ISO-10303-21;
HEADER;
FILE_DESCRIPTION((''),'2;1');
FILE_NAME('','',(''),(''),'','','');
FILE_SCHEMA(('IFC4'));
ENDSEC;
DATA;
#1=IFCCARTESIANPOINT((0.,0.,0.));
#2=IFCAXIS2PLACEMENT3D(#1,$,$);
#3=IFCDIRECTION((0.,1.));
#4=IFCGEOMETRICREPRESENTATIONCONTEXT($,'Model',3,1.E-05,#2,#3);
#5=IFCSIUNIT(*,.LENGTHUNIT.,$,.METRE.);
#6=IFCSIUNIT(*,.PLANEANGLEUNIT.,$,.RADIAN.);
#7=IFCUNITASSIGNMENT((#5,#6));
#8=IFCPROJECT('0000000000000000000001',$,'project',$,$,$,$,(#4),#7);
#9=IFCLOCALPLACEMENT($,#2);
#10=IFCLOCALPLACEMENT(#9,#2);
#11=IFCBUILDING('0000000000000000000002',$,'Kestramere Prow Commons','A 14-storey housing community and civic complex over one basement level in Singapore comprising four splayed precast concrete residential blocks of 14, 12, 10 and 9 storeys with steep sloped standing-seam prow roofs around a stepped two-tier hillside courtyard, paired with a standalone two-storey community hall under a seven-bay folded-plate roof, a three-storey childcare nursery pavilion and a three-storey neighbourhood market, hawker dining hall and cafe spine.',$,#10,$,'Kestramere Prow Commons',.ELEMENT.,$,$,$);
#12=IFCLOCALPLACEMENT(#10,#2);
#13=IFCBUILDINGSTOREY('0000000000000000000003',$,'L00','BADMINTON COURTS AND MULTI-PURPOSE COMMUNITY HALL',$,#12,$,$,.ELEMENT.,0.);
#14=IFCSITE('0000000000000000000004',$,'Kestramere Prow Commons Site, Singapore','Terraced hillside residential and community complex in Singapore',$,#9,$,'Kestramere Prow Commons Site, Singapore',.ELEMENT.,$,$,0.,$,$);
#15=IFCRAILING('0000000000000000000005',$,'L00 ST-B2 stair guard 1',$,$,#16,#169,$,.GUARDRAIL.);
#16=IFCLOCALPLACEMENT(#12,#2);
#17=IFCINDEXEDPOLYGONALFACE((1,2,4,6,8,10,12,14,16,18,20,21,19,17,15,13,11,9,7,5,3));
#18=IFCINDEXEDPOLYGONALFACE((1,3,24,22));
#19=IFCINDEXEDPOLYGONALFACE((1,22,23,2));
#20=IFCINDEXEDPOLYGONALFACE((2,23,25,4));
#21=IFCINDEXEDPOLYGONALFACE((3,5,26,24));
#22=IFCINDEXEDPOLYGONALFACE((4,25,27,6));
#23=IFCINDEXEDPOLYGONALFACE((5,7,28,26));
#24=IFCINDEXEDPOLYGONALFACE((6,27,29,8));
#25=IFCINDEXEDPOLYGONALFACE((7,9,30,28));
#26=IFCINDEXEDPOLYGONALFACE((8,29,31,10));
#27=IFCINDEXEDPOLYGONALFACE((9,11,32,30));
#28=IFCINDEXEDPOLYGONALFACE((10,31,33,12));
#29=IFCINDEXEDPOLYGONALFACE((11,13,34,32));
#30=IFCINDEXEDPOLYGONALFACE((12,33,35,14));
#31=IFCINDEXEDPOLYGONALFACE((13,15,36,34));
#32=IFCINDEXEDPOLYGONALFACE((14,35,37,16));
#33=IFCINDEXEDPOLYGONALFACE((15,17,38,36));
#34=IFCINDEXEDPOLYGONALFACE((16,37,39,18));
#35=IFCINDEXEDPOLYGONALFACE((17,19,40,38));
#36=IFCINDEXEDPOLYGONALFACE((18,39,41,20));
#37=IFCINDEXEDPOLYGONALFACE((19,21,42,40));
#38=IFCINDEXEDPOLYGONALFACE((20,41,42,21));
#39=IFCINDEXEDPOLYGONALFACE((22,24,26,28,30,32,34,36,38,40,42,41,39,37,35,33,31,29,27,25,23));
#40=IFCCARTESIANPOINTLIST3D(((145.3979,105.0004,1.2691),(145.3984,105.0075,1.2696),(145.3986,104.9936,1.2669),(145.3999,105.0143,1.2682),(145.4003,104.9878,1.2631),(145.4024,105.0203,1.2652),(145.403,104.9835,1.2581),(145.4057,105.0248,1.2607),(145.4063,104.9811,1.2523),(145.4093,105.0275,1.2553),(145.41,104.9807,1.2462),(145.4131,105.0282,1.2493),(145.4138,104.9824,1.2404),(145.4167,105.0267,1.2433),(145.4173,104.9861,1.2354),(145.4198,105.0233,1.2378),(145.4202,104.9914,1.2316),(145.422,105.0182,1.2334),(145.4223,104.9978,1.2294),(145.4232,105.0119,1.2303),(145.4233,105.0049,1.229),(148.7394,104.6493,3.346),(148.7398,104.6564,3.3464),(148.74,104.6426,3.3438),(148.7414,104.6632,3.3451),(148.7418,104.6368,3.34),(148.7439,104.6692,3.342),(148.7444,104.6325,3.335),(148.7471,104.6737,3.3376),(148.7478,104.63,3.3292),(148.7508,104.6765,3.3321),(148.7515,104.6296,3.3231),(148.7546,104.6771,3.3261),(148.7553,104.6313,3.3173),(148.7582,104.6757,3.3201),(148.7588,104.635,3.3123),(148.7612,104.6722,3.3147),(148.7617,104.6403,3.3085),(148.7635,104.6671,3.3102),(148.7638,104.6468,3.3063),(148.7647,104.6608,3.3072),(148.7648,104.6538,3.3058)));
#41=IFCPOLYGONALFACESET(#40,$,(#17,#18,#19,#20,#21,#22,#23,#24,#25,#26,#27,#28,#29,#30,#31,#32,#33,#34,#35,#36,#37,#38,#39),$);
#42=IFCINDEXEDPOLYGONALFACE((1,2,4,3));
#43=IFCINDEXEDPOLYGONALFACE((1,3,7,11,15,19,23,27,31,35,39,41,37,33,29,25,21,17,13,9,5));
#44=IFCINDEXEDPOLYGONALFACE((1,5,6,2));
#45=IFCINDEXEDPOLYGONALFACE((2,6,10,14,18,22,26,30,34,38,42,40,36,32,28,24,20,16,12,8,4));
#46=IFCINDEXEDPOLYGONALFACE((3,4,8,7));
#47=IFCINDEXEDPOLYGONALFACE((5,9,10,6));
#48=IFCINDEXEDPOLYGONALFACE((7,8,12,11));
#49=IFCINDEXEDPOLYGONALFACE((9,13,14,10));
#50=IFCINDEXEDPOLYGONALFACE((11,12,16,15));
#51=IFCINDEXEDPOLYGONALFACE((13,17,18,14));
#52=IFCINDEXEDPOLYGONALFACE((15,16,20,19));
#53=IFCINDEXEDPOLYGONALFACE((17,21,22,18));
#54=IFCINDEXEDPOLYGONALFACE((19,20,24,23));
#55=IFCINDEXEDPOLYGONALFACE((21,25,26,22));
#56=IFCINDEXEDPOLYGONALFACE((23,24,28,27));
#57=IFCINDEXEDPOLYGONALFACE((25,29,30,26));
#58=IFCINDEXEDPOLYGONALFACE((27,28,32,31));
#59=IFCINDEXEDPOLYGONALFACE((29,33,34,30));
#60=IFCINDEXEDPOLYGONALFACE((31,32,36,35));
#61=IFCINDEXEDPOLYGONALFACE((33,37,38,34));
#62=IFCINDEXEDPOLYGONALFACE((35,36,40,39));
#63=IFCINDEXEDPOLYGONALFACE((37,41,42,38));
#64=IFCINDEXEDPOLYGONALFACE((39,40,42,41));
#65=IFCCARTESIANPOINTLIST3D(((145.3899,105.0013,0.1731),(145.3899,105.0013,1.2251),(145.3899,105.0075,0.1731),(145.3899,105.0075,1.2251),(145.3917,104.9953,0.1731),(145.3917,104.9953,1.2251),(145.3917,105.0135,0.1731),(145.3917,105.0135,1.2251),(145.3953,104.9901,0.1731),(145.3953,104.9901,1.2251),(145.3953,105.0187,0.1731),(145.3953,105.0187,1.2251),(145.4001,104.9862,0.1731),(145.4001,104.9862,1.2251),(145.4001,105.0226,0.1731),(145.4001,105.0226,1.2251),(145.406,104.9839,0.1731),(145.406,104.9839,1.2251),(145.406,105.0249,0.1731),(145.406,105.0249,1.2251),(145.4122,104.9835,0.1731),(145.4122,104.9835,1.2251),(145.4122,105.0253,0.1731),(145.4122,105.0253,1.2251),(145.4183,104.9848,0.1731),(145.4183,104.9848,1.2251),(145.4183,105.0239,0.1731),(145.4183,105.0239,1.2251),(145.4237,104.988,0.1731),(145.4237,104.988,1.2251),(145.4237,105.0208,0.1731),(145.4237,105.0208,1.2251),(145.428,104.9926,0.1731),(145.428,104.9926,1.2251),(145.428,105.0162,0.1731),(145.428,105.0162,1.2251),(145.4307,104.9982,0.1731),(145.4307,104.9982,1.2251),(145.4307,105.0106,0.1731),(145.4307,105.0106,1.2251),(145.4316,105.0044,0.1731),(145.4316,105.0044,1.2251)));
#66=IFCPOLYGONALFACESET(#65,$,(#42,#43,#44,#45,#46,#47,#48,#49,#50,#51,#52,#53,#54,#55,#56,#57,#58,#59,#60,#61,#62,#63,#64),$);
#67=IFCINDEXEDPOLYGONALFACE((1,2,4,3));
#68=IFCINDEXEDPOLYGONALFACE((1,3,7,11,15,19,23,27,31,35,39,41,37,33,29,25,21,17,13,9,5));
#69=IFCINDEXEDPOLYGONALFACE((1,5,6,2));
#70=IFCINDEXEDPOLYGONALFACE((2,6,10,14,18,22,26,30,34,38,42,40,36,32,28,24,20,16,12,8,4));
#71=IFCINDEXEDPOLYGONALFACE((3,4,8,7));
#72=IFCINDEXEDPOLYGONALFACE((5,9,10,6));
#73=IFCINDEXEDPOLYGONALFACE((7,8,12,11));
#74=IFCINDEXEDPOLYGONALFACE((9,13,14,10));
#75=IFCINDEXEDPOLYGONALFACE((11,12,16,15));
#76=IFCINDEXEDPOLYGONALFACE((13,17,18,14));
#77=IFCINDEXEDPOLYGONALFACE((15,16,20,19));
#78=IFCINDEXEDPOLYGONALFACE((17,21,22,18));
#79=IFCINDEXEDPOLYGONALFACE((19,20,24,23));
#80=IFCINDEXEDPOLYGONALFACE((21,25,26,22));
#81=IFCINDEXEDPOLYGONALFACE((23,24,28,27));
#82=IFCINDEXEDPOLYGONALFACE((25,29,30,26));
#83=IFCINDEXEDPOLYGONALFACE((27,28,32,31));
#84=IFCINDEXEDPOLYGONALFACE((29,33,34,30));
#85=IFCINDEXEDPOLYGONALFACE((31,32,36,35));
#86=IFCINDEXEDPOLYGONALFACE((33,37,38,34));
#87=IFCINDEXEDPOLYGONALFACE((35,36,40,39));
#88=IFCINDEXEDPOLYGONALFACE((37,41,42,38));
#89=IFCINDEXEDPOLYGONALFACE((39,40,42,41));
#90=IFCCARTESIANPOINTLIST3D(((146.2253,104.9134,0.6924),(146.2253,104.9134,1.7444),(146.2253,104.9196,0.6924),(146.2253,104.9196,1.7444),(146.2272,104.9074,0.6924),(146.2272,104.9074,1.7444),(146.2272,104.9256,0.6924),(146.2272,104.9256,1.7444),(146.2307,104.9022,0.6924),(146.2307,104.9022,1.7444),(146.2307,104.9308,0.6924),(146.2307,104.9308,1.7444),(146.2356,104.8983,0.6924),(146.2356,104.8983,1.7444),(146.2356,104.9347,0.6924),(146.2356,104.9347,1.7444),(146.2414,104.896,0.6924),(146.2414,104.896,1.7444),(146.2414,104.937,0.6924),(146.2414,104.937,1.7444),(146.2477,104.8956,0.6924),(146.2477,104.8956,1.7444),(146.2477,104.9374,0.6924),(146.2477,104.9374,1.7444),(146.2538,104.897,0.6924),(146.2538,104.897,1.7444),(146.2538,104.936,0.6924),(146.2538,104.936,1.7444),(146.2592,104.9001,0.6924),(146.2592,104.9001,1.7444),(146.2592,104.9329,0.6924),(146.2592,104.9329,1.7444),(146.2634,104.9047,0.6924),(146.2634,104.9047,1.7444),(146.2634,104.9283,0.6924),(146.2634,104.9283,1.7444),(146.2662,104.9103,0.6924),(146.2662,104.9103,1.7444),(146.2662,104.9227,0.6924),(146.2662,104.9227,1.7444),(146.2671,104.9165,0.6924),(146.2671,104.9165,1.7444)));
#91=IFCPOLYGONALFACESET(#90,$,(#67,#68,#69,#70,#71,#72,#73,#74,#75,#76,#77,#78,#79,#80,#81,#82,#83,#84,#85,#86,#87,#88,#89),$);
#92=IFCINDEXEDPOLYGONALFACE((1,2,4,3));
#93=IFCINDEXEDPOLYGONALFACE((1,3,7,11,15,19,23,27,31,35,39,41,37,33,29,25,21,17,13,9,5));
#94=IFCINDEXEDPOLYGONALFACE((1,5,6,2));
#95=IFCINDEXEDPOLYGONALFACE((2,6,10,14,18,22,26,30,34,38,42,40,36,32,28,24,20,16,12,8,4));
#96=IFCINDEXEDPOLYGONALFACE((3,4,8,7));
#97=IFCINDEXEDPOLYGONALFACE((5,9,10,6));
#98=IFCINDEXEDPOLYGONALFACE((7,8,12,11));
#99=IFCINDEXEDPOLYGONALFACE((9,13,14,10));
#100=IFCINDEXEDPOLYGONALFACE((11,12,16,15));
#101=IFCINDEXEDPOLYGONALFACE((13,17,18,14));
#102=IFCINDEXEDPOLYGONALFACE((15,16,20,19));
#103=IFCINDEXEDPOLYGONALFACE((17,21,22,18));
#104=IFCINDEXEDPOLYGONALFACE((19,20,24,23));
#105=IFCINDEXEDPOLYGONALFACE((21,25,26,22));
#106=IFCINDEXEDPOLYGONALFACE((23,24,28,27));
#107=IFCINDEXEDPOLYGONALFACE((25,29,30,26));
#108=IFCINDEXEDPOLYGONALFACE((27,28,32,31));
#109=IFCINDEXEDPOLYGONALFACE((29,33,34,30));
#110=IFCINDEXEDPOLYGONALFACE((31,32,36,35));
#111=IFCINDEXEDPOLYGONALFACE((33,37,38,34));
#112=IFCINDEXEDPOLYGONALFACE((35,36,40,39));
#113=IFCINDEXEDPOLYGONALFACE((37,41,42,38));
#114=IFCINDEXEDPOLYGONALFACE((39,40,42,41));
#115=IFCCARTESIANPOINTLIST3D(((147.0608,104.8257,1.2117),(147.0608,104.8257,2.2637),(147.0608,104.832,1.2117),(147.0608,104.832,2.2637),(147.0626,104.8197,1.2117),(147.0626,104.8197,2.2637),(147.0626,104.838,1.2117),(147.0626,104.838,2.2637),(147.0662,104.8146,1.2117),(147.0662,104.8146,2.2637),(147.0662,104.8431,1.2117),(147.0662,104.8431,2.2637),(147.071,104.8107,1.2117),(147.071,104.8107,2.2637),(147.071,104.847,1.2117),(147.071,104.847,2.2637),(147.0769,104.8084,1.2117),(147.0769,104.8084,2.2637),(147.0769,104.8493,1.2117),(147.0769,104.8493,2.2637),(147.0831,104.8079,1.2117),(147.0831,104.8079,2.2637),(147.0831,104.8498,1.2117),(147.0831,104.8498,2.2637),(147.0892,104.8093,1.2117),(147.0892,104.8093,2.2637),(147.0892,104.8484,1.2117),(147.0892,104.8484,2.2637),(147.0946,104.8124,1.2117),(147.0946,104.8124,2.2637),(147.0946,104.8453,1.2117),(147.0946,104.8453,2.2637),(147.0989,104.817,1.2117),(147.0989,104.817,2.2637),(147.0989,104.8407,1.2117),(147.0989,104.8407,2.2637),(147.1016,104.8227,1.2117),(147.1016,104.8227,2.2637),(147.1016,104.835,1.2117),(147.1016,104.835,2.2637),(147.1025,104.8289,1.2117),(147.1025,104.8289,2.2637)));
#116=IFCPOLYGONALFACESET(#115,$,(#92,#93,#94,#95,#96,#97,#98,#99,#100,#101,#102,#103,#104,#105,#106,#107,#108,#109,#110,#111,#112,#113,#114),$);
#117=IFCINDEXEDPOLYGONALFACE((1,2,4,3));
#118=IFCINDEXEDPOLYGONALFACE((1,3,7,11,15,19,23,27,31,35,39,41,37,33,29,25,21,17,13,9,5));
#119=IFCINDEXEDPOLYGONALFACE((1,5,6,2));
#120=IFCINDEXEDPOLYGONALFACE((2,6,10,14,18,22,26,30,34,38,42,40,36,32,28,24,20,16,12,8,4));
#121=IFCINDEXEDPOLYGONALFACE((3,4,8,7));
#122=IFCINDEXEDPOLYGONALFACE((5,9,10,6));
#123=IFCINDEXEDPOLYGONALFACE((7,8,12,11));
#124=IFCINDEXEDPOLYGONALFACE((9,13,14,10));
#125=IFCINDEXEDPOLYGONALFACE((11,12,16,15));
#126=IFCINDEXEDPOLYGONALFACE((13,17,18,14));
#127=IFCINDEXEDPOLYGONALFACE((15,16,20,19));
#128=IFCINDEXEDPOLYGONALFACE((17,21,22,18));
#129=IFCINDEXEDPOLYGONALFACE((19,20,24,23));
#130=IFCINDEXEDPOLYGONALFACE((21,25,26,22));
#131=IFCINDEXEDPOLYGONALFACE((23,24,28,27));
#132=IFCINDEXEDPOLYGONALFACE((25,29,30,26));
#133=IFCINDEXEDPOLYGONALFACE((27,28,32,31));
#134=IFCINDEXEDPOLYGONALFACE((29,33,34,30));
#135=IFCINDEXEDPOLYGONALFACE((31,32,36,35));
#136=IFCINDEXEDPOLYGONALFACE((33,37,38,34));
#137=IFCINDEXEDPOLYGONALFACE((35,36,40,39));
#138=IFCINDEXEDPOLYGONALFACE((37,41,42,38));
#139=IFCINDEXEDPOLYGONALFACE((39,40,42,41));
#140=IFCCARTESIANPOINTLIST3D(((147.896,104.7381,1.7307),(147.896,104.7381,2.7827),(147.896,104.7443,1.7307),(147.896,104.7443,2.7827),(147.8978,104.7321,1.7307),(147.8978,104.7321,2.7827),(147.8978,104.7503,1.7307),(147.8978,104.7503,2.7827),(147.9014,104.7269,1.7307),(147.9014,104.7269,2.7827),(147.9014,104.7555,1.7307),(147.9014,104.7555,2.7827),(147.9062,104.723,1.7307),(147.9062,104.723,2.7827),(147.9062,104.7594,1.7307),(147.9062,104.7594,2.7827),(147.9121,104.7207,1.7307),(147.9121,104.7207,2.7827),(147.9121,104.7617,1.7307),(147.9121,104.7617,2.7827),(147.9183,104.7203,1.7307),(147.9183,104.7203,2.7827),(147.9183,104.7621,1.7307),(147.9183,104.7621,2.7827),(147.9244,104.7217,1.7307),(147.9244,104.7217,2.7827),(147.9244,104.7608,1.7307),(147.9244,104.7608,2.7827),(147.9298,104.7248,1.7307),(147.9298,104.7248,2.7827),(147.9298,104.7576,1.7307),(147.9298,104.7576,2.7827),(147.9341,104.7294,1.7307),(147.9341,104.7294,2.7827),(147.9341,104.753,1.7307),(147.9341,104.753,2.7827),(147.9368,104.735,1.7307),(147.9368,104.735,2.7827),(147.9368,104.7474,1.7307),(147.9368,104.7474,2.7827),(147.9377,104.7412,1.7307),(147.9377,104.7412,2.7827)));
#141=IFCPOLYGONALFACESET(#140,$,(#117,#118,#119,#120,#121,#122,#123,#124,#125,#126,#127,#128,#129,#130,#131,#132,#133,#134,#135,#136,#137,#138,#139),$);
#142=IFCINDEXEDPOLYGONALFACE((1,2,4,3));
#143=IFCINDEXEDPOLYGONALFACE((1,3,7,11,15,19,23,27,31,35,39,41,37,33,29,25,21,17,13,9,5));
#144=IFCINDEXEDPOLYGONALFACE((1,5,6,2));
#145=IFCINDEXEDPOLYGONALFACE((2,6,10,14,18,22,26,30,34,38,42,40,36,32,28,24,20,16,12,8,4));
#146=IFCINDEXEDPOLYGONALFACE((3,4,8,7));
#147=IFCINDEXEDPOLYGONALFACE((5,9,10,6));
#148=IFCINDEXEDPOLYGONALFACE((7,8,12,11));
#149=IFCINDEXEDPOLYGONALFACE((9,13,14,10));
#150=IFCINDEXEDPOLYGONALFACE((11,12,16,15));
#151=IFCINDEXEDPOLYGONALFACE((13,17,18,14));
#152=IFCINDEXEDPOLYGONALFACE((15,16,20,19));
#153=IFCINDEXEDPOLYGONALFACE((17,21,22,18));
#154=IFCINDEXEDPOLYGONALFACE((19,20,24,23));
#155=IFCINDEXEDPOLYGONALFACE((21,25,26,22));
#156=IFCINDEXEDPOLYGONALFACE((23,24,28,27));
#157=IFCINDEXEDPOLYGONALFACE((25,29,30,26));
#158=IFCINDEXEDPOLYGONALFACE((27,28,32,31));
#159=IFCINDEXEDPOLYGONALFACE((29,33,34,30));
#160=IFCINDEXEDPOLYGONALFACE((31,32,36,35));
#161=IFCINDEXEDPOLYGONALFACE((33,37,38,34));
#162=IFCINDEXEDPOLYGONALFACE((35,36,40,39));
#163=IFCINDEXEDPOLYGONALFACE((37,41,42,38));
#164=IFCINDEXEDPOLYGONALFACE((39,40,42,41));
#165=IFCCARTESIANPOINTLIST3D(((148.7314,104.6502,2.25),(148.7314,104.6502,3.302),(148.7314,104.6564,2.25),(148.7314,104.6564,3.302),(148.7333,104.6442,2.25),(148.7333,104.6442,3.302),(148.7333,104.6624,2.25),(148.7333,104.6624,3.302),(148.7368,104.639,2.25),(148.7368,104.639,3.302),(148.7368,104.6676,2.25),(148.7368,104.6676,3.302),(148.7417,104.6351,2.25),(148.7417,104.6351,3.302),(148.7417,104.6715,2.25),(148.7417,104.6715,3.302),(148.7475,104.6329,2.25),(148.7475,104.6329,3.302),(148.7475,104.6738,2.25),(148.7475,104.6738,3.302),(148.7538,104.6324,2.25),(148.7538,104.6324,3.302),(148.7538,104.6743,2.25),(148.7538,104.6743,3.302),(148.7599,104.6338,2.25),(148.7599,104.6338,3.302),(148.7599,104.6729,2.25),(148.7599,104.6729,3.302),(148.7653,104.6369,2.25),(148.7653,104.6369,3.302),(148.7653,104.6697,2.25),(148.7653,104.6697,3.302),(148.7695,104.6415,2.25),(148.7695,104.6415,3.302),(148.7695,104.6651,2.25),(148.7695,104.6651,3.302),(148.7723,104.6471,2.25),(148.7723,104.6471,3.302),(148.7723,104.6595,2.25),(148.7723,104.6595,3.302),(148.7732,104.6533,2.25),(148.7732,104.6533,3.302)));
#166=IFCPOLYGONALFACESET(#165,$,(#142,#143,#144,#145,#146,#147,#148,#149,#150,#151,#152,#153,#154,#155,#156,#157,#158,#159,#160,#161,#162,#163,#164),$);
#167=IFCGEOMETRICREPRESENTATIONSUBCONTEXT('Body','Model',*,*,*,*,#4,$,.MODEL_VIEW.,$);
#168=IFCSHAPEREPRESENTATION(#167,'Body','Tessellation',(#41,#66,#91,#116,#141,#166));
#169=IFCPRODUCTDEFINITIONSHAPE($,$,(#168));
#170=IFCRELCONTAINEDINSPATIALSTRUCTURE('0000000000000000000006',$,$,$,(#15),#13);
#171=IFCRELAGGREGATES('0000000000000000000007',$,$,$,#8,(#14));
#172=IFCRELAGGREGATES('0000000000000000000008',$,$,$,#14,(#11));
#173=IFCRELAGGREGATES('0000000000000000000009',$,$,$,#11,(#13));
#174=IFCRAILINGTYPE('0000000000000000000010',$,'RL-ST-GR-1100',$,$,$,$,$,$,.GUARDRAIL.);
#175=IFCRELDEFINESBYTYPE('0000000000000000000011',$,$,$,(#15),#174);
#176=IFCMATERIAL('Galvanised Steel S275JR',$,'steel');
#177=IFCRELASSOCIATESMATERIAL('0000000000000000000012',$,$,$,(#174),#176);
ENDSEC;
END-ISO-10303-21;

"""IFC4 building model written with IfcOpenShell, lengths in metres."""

from ifc_helpers import new_model, si_unit, direction, frame, origin, origin_2d, place, context, subcontext, project, spatial, circle, extrude, material, type_object, element, save


model = new_model("IFC4")

# Units and contexts
model_context = context("Model", 3, precision=1e-05, world=origin(), true_north=direction((0.0, 1.0)))
body_context = subcontext(model_context, "Body", "Model", "MODEL_VIEW")
ifc_project = project(units=[si_unit("LENGTHUNIT", "METRE"), si_unit("PLANEANGLEUNIT", "RADIAN")], contexts=[model_context])

# Site, building, storey
site_placement = place(None, origin())
site = spatial("IfcSite", under=ifc_project, at=site_placement, Name="Kestramere Prow Commons Site, Singapore", Description="Terraced hillside residential and community complex in Singapore", LongName="Kestramere Prow Commons Site, Singapore", CompositionType="ELEMENT", RefElevation=0.0)
building_placement = place(site_placement, origin())
building = spatial("IfcBuilding", under=site, at=building_placement, Name="Kestramere Prow Commons", Description="A 14-storey housing community and civic complex over one basement level in Singapore comprising four splayed precast concrete residential blocks of 14, 12, 10 and 9 storeys with steep sloped standing-seam prow roofs around a stepped two-tier hillside courtyard, paired with a standalone two-storey community hall under a seven-bay folded-plate roof, a three-storey childcare nursery pavilion and a three-storey neighbourhood market, hawker dining hall and cafe spine.", LongName="Kestramere Prow Commons", CompositionType="ELEMENT")
storey_placement = place(building_placement, origin())
storey = spatial("IfcBuildingStorey", under=building, at=storey_placement, Name="L00", Description="BADMINTON COURTS AND MULTI-PURPOSE COMMUNITY HALL", CompositionType="ELEMENT", Elevation=0.0)

# Railing
ifc_material_1 = material(Name="Galvanised Steel S275JR", Category="steel")
railing_type_1 = type_object("IfcRailingType", Name="RL-ST-GR-1100", PredefinedType="GUARDRAIL", material=ifc_material_1)
railing_1_placement = place(storey_placement, frame((145.4106, 105.0044, 0.1731)))
element("IfcRailing", 1, at=railing_1_placement, inside=storey, type_object=railing_type_1, Name="L00 ST-B2 stair guard 1", PredefinedType="GUARDRAIL", context=body_context, shape_type="SweptSolid", body=[
    extrude(circle(Radius=0.0239, at=origin_2d()), frame((0.0, 0.0, 1.0762), z_axis=(0.845956, -0.088879, 0.525794), x_axis=(0.104488, 0.994526, 0.0)), (0.0, 0.0, 1.0), 3.95),
    extrude(circle(Radius=0.021, at=origin_2d()), origin(), (0.0, 0.0, 1.0), 1.052),
    extrude(circle(Radius=0.021, at=origin_2d()), frame((0.8354, -0.0879, 0.5193)), (0.0, 0.0, 1.0), 1.052),
    extrude(circle(Radius=0.021, at=origin_2d()), frame((1.6709, -0.1755, 1.0386)), (0.0, 0.0, 1.0), 1.052),
    extrude(circle(Radius=0.021, at=origin_2d()), frame((2.5061, -0.2632, 1.5576)), (0.0, 0.0, 1.0), 1.052),
    extrude(circle(Radius=0.021, at=origin_2d()), frame((3.3416, -0.3511, 2.0769)), (0.0, 0.0, 1.0), 1.052),
])

save(model, "model.ifc")
